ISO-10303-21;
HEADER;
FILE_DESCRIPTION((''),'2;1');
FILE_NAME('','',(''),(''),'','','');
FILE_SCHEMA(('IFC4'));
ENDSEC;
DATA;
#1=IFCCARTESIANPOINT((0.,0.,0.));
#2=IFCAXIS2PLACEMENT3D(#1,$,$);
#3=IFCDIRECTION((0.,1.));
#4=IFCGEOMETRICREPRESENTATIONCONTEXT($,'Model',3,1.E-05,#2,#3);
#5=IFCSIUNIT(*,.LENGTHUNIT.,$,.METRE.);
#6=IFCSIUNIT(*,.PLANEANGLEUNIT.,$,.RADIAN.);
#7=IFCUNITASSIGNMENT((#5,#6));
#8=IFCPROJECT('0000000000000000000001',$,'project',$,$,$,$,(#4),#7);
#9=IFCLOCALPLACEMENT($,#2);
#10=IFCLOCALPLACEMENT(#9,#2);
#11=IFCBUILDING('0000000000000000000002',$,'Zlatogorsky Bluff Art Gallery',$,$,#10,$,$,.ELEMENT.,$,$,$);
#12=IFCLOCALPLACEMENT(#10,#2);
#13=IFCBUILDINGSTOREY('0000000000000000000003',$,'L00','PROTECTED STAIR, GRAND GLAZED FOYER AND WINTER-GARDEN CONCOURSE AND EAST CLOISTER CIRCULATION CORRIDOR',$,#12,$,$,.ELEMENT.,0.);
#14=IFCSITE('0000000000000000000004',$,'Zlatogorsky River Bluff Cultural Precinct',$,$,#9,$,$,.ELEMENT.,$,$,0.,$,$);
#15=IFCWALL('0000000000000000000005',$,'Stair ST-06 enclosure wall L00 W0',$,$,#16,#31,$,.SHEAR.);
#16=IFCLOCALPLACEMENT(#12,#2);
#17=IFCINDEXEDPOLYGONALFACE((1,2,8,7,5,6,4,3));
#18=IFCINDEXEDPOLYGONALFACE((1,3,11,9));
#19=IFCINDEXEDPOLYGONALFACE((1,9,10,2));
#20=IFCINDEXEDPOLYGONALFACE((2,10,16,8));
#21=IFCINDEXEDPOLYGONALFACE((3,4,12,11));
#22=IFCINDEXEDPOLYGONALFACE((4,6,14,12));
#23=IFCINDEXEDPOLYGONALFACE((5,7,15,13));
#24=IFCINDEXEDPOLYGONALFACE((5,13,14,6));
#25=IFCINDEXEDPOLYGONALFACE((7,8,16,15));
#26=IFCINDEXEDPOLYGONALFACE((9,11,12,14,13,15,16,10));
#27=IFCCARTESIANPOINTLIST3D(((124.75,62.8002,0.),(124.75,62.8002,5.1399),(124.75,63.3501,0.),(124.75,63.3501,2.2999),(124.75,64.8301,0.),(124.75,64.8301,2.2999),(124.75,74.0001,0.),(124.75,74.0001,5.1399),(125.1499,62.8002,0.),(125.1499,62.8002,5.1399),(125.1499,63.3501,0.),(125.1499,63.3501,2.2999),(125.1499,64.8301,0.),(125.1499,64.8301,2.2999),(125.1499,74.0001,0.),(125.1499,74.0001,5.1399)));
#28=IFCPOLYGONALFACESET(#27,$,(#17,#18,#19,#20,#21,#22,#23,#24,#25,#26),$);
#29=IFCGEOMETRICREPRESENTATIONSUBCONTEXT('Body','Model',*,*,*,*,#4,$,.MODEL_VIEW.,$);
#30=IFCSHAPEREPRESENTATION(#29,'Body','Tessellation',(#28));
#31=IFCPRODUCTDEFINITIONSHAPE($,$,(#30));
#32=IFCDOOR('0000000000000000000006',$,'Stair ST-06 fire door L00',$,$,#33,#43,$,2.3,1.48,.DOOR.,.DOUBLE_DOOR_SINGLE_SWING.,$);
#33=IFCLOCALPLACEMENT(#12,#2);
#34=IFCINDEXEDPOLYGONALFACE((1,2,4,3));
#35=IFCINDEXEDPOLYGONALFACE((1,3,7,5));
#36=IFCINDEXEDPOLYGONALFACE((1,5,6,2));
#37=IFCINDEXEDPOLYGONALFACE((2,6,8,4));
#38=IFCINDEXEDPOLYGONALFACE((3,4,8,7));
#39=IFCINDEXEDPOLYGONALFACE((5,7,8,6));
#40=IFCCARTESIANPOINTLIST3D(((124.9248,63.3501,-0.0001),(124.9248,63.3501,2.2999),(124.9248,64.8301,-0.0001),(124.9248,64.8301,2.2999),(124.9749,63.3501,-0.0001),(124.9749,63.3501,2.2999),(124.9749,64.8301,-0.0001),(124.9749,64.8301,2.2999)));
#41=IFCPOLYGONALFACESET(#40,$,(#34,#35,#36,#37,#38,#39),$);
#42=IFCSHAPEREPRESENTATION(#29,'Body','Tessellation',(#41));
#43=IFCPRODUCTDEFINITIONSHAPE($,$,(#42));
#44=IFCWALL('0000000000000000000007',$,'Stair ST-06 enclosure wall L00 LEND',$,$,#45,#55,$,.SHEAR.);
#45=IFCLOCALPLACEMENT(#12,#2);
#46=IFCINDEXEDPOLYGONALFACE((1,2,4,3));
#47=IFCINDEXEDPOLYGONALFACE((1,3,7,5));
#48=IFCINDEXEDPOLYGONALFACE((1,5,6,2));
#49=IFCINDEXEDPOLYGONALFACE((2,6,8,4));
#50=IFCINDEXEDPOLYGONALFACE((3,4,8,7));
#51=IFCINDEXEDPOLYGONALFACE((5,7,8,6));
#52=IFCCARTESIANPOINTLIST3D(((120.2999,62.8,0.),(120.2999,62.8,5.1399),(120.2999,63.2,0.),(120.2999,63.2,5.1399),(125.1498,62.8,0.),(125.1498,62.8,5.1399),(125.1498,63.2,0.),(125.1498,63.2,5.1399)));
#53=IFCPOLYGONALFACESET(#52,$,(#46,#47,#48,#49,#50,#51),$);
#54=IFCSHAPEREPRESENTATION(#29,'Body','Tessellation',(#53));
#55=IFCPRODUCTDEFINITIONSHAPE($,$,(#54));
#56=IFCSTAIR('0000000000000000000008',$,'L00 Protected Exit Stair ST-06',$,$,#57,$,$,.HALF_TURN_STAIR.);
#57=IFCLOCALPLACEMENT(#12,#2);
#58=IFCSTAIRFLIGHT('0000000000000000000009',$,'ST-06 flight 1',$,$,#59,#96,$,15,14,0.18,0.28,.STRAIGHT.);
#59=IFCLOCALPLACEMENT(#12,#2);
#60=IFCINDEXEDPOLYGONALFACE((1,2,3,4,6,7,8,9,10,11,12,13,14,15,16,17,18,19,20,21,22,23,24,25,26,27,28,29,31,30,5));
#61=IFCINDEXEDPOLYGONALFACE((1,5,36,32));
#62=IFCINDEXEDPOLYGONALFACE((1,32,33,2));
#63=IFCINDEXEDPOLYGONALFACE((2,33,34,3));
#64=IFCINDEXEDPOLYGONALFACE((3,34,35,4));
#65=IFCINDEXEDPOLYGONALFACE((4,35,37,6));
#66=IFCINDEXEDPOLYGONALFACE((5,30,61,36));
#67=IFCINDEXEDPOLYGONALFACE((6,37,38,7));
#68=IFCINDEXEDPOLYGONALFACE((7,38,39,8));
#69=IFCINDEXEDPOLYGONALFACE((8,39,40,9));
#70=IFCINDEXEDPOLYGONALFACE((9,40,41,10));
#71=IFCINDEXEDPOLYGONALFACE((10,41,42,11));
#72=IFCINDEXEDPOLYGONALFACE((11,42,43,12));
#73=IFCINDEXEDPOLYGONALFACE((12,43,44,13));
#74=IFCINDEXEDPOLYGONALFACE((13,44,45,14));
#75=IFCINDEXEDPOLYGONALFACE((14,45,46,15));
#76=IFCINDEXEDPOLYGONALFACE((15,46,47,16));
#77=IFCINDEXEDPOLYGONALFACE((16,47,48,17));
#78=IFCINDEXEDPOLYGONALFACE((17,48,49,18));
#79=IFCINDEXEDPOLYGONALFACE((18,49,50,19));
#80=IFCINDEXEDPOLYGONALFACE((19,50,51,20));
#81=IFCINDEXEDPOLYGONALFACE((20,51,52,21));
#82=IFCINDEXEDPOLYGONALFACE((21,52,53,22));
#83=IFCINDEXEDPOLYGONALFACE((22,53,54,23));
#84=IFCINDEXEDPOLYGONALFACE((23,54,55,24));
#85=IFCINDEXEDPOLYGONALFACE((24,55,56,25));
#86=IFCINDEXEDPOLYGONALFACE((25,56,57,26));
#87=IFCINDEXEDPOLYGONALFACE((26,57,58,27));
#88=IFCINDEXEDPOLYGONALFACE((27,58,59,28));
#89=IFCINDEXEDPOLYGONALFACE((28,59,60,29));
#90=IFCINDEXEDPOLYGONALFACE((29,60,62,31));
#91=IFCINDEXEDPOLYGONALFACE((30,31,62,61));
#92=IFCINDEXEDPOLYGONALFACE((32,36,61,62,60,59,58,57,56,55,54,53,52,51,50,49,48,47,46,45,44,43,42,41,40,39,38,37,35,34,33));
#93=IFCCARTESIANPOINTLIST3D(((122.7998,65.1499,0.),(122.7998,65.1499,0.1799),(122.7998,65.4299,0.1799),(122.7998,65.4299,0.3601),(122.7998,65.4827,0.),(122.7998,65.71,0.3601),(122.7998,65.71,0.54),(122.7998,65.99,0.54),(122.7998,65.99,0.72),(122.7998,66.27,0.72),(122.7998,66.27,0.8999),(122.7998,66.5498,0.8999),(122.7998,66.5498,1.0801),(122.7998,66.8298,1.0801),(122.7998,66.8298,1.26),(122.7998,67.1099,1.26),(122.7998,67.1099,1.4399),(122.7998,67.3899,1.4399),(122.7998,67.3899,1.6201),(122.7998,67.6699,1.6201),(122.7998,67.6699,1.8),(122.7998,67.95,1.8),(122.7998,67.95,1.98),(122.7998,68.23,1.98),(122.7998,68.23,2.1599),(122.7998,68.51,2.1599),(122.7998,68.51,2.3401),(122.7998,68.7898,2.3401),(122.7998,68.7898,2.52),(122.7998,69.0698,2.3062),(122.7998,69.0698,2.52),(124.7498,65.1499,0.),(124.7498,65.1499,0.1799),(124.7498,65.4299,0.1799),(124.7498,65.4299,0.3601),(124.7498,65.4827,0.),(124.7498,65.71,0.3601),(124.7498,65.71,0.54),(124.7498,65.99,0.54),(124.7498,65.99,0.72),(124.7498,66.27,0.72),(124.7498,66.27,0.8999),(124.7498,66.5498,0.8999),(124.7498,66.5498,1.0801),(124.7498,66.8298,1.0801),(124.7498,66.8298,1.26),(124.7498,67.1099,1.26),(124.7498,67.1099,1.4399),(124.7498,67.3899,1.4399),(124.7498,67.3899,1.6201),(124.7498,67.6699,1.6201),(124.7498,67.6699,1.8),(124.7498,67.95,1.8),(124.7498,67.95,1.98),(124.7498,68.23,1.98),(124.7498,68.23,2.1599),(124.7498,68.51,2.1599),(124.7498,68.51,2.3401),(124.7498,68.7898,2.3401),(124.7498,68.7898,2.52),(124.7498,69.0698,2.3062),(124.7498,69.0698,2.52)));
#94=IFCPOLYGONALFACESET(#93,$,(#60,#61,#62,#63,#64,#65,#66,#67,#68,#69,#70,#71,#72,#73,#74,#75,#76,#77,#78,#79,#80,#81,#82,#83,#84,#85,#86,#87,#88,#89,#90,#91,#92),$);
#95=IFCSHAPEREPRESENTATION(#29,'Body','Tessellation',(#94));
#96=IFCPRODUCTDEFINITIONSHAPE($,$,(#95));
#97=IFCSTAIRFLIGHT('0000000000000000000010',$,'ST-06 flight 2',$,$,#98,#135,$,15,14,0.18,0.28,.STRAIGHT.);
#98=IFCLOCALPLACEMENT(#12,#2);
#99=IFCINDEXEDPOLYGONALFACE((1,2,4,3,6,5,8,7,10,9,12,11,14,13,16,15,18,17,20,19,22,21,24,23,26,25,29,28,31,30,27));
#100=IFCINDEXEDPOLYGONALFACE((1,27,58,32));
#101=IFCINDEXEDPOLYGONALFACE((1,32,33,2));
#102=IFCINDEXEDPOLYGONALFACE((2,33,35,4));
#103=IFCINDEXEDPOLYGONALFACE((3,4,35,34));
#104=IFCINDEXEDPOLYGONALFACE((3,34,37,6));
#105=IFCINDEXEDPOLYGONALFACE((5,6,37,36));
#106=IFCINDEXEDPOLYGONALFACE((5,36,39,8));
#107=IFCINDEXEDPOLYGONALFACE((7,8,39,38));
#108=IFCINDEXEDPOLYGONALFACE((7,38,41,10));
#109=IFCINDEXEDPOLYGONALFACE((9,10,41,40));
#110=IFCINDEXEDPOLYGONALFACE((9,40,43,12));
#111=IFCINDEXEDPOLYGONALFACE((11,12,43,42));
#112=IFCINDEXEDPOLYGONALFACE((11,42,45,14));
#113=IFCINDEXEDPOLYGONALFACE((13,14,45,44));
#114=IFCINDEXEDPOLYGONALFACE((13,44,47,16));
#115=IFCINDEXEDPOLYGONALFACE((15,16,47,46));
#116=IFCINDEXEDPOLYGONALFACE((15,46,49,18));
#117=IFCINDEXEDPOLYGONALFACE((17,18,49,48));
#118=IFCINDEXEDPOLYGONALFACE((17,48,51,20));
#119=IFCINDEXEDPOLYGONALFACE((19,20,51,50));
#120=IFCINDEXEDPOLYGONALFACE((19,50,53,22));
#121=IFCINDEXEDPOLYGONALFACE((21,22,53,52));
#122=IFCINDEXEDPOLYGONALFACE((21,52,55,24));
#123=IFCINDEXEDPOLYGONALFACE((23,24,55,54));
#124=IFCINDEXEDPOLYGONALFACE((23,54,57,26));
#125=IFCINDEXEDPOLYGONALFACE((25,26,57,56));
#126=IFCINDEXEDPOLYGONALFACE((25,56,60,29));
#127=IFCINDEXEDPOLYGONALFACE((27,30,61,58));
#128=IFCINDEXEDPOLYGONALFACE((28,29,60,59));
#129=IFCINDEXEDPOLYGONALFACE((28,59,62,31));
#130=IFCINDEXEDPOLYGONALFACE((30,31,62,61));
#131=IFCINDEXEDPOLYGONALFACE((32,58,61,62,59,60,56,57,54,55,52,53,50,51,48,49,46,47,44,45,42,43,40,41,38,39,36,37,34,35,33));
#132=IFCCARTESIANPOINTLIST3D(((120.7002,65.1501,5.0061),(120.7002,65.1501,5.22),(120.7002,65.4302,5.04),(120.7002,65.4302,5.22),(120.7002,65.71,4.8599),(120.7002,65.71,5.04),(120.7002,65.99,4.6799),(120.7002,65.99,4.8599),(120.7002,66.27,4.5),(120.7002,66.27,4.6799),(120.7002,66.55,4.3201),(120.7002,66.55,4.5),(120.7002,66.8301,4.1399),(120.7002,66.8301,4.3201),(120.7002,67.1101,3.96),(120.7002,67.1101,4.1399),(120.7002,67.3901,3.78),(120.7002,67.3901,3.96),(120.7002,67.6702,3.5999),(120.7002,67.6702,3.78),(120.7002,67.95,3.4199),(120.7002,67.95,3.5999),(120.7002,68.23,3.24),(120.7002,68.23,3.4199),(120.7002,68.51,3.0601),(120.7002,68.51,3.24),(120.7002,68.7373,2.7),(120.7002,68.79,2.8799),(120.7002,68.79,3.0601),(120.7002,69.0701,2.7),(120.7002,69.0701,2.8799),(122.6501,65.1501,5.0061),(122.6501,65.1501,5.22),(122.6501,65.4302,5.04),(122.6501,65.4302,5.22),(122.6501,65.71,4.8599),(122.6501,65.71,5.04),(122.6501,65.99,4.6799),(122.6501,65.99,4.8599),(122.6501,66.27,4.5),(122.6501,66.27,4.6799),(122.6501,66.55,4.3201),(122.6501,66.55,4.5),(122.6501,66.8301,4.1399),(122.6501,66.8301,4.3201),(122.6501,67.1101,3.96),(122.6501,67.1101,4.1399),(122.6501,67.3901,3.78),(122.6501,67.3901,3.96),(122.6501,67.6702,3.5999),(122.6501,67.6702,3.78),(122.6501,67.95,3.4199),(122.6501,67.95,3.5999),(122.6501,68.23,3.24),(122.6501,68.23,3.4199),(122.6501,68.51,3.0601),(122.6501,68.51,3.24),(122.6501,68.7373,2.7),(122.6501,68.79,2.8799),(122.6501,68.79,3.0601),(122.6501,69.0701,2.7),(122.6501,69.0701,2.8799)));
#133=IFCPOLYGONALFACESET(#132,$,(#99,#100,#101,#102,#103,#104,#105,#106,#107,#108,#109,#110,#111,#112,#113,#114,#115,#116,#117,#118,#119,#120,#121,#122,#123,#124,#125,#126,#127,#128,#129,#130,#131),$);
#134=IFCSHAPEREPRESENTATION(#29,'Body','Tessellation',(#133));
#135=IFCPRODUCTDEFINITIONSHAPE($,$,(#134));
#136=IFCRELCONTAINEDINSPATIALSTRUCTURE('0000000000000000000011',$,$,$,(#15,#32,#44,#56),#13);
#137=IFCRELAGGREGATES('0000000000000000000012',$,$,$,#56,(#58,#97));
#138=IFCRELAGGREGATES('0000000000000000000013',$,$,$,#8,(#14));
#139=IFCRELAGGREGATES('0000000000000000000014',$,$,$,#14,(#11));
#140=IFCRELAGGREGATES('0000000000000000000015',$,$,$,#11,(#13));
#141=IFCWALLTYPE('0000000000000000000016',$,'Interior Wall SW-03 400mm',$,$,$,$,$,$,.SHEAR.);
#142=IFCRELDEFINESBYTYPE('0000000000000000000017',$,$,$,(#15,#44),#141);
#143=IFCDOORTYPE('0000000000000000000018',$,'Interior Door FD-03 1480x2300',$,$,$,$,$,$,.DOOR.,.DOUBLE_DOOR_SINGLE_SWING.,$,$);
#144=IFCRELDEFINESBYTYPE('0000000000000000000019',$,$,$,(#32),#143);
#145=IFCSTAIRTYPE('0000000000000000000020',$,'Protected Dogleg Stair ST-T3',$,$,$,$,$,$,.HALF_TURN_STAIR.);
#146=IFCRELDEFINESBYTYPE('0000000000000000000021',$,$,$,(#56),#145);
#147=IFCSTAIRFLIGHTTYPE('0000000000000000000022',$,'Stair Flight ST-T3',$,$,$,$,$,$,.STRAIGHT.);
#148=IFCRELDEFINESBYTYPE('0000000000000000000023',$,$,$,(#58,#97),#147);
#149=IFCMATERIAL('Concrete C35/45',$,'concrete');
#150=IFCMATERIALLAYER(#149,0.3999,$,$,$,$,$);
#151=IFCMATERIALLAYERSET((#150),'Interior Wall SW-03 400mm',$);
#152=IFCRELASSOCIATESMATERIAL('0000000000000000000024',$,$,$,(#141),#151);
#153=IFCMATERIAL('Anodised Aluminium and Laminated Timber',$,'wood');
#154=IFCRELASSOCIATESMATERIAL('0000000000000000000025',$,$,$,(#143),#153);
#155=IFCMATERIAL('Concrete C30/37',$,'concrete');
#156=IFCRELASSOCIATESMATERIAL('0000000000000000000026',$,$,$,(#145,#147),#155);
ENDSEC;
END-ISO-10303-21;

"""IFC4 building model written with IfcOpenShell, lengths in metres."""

from ifc_helpers import new_model, si_unit, direction, frame, frame_2d, origin, place, context, subcontext, project, spatial, polyline, rectangle, outline, extrude, material, layer, layer_set, type_object, element, fill, aggregate, save


model = new_model("IFC4")

# Units and contexts
model_context = context("Model", 3, precision=1e-05, world=origin(), true_north=direction((0.0, 1.0)))
body_context = subcontext(model_context, "Body", "Model", "MODEL_VIEW")
ifc_project = project(units=[si_unit("LENGTHUNIT", "METRE"), si_unit("PLANEANGLEUNIT", "RADIAN")], contexts=[model_context])

# Site, building, storey
site_placement = place(None, origin())
site = spatial("IfcSite", under=ifc_project, at=site_placement, Name="Zlatogorsky River Bluff Cultural Precinct", CompositionType="ELEMENT", RefElevation=0.0)
building_placement = place(site_placement, origin())
building = spatial("IfcBuilding", under=site, at=building_placement, Name="Zlatogorsky Bluff Art Gallery", CompositionType="ELEMENT")
storey_placement = place(building_placement, origin())
storey = spatial("IfcBuildingStorey", under=building, at=storey_placement, Name="L00", Description="PROTECTED STAIR, GRAND GLAZED FOYER AND WINTER-GARDEN CONCOURSE AND EAST CLOISTER CIRCULATION CORRIDOR", CompositionType="ELEMENT", Elevation=0.0)

# Shared definitions
ifc_material_1 = material(Name="Concrete C35/45", Category="concrete")

# Shared definitions
ifc_material_2 = material(Name="Concrete C30/37", Category="concrete")
ifc_material_3 = material(Name="Anodised Aluminium and Laminated Timber", Category="wood")

# Wall, opening, door
ifc_layer_1 = layer(ifc_material_1, 0.3999)
ifc_layer_set_1 = layer_set([ifc_layer_1], Name="Interior Wall SW-03 400mm")
wall_type_1 = type_object("IfcWallType", Name="Interior Wall SW-03 400mm", PredefinedType="SHEAR", material=ifc_layer_set_1)
wall_1_placement = place(storey_placement, frame((124.95, 62.8, 0.0), z_axis=(0.0, 0.0, 1.0), x_axis=(0.0, 1.0, 0.0)))
wall_1 = element("IfcWall", 1, at=wall_1_placement, inside=storey, type_object=wall_type_1, Name="Stair ST-06 enclosure wall L00 W0", PredefinedType="SHEAR", context=body_context, shape_type="SweptSolid", body=[
    extrude(rectangle(XDim=11.2, YDim=0.3999, at=frame_2d((5.6001, 0.0))), origin(), (0.0, 0.0, 1.0), 5.1399),
])
opening_1_placement = place(wall_1_placement, frame((0.55, 0.0, 0.0)))
opening_1 = element("IfcOpeningElement", 2, at=opening_1_placement, cuts=wall_1, PredefinedType="OPENING", context=body_context, shape_type="SweptSolid", body=[
    extrude(rectangle(XDim=1.48, YDim=2.3, at=frame_2d((0.74, 1.1499))), frame((0.0, 0.21, 0.0), z_axis=(0.0, -1.0, 0.0), x_axis=(1.0, 0.0, 0.0)), (0.0, 0.0, 1.0), 0.4199),
])
door_type_1 = type_object("IfcDoorType", Name="Interior Door FD-03 1480x2300", OperationType="DOUBLE_DOOR_SINGLE_SWING", PredefinedType="DOOR", material=ifc_material_3)
door_1_placement = place(opening_1_placement, frame((1.48, 0.0, 0.0), z_axis=(0.0, 0.0, 1.0), x_axis=(-1.0, 0.0, 0.0)))
door_1 = element("IfcDoor", 3, at=door_1_placement, inside=storey, type_object=door_type_1, Name="Stair ST-06 fire door L00", OperationType="DOUBLE_DOOR_SINGLE_SWING", OverallHeight=2.3, OverallWidth=1.48, PredefinedType="DOOR", context=body_context, shape_type="SweptSolid", body=[
    extrude(rectangle(XDim=1.48, YDim=2.3, at=frame_2d((0.74, 1.1499))), frame((0.0, 0.0249, 0.0), z_axis=(0.0, -1.0, 0.0), x_axis=(1.0, 0.0, 0.0)), (0.0, 0.0, 1.0), 0.05),
])
fill(opening_1, door_1)

# Wall
wall_2_placement = place(storey_placement, frame((120.3, 63.0, 0.0), z_axis=(0.0, 0.0, 1.0), x_axis=(1.0, 0.0, 0.0)))
element("IfcWall", 4, at=wall_2_placement, inside=storey, type_object=wall_type_1, Name="Stair ST-06 enclosure wall L00 LEND", PredefinedType="SHEAR", context=body_context, shape_type="SweptSolid", body=[
    extrude(rectangle(XDim=4.8499, YDim=0.3999, at=frame_2d((2.4248, 0.0))), origin(), (0.0, 0.0, 1.0), 5.1399),
])

# Stair, stair flights
stair_type = type_object("IfcStairType", Name="Protected Dogleg Stair ST-T3", PredefinedType="HALF_TURN_STAIR", material=ifc_material_2)
stair_placement = place(storey_placement, origin())
stair = element("IfcStair", 5, at=stair_placement, inside=storey, type_object=stair_type, Name="L00 Protected Exit Stair ST-06", PredefinedType="HALF_TURN_STAIR")
stair_flight_type = type_object("IfcStairFlightType", Name="Stair Flight ST-T3", PredefinedType="STRAIGHT", material=ifc_material_2)
stair_flight_1_placement = place(storey_placement, frame((123.7749, 65.1499, 0.0), z_axis=(0.0, 0.0, 1.0), x_axis=(0.0, 1.0, 0.0)))
stair_flight_1 = element("IfcStairFlight", 6, at=stair_flight_1_placement, type_object=stair_flight_type, Name="ST-06 flight 1", NumberOfRisers=15, NumberOfTreads=14, PredefinedType="STRAIGHT", RiserHeight=0.18, TreadLength=0.28, context=body_context, shape_type="SweptSolid", body=[
    extrude(outline(polyline([(0.0, 0.0), (0.0, 0.1799), (0.28, 0.1799), (0.28, 0.3601), (0.5601, 0.3601), (0.5601, 0.54), (0.8401, 0.54), (0.8401, 0.72), (1.1201, 0.72), (1.1201, 0.8999), (1.3999, 0.8999), (1.3999, 1.0801), (1.6799, 1.0801), (1.6799, 1.26), (1.96, 1.26), (1.96, 1.4399), (2.24, 1.4399), (2.24, 1.6201), (2.52, 1.6201), (2.52, 1.8), (2.8, 1.8), (2.8, 1.98), (3.0801, 1.98), (3.0801, 2.1599), (3.3601, 2.1599), (3.3601, 2.3401), (3.6399, 2.3401), (3.6399, 2.52), (3.9199, 2.52), (3.9199, 2.7), (3.9199, 2.3062), (0.3328, 0.0), (0.0, 0.0)])), frame((0.0, 0.9751, 0.0), z_axis=(0.0, -1.0, 0.0), x_axis=(1.0, 0.0, 0.0)), (0.0, 0.0, 1.0), 1.95),
])
stair_flight_2_placement = place(storey_placement, frame((121.675, 69.0701, 2.7), z_axis=(0.0, 0.0, 1.0), x_axis=(0.0, -1.0, 0.0)))
stair_flight_2 = element("IfcStairFlight", 7, at=stair_flight_2_placement, type_object=stair_flight_type, Name="ST-06 flight 2", NumberOfRisers=15, NumberOfTreads=14, PredefinedType="STRAIGHT", RiserHeight=0.18, TreadLength=0.28, context=body_context, shape_type="SweptSolid", body=[
    extrude(outline(polyline([(0.0, 0.0), (0.0, 0.1799), (0.28, 0.1799), (0.28, 0.3601), (0.5601, 0.3601), (0.5601, 0.54), (0.8401, 0.54), (0.8401, 0.72), (1.1201, 0.72), (1.1201, 0.8999), (1.3999, 0.8999), (1.3999, 1.0801), (1.6799, 1.0801), (1.6799, 1.26), (1.96, 1.26), (1.96, 1.4399), (2.24, 1.4399), (2.24, 1.6201), (2.52, 1.6201), (2.52, 1.8), (2.8, 1.8), (2.8, 1.98), (3.0801, 1.98), (3.0801, 2.1599), (3.3601, 2.1599), (3.3601, 2.3401), (3.6399, 2.3401), (3.6399, 2.52), (3.9199, 2.52), (3.9199, 2.7), (3.9199, 2.3062), (0.3328, 0.0), (0.0, 0.0)])), frame((0.0, 0.9751, 0.0), z_axis=(0.0, -1.0, 0.0), x_axis=(1.0, 0.0, 0.0)), (0.0, 0.0, 1.0), 1.95),
])
aggregate(stair, [stair_flight_1, stair_flight_2])

save(model, "model.ifc")
